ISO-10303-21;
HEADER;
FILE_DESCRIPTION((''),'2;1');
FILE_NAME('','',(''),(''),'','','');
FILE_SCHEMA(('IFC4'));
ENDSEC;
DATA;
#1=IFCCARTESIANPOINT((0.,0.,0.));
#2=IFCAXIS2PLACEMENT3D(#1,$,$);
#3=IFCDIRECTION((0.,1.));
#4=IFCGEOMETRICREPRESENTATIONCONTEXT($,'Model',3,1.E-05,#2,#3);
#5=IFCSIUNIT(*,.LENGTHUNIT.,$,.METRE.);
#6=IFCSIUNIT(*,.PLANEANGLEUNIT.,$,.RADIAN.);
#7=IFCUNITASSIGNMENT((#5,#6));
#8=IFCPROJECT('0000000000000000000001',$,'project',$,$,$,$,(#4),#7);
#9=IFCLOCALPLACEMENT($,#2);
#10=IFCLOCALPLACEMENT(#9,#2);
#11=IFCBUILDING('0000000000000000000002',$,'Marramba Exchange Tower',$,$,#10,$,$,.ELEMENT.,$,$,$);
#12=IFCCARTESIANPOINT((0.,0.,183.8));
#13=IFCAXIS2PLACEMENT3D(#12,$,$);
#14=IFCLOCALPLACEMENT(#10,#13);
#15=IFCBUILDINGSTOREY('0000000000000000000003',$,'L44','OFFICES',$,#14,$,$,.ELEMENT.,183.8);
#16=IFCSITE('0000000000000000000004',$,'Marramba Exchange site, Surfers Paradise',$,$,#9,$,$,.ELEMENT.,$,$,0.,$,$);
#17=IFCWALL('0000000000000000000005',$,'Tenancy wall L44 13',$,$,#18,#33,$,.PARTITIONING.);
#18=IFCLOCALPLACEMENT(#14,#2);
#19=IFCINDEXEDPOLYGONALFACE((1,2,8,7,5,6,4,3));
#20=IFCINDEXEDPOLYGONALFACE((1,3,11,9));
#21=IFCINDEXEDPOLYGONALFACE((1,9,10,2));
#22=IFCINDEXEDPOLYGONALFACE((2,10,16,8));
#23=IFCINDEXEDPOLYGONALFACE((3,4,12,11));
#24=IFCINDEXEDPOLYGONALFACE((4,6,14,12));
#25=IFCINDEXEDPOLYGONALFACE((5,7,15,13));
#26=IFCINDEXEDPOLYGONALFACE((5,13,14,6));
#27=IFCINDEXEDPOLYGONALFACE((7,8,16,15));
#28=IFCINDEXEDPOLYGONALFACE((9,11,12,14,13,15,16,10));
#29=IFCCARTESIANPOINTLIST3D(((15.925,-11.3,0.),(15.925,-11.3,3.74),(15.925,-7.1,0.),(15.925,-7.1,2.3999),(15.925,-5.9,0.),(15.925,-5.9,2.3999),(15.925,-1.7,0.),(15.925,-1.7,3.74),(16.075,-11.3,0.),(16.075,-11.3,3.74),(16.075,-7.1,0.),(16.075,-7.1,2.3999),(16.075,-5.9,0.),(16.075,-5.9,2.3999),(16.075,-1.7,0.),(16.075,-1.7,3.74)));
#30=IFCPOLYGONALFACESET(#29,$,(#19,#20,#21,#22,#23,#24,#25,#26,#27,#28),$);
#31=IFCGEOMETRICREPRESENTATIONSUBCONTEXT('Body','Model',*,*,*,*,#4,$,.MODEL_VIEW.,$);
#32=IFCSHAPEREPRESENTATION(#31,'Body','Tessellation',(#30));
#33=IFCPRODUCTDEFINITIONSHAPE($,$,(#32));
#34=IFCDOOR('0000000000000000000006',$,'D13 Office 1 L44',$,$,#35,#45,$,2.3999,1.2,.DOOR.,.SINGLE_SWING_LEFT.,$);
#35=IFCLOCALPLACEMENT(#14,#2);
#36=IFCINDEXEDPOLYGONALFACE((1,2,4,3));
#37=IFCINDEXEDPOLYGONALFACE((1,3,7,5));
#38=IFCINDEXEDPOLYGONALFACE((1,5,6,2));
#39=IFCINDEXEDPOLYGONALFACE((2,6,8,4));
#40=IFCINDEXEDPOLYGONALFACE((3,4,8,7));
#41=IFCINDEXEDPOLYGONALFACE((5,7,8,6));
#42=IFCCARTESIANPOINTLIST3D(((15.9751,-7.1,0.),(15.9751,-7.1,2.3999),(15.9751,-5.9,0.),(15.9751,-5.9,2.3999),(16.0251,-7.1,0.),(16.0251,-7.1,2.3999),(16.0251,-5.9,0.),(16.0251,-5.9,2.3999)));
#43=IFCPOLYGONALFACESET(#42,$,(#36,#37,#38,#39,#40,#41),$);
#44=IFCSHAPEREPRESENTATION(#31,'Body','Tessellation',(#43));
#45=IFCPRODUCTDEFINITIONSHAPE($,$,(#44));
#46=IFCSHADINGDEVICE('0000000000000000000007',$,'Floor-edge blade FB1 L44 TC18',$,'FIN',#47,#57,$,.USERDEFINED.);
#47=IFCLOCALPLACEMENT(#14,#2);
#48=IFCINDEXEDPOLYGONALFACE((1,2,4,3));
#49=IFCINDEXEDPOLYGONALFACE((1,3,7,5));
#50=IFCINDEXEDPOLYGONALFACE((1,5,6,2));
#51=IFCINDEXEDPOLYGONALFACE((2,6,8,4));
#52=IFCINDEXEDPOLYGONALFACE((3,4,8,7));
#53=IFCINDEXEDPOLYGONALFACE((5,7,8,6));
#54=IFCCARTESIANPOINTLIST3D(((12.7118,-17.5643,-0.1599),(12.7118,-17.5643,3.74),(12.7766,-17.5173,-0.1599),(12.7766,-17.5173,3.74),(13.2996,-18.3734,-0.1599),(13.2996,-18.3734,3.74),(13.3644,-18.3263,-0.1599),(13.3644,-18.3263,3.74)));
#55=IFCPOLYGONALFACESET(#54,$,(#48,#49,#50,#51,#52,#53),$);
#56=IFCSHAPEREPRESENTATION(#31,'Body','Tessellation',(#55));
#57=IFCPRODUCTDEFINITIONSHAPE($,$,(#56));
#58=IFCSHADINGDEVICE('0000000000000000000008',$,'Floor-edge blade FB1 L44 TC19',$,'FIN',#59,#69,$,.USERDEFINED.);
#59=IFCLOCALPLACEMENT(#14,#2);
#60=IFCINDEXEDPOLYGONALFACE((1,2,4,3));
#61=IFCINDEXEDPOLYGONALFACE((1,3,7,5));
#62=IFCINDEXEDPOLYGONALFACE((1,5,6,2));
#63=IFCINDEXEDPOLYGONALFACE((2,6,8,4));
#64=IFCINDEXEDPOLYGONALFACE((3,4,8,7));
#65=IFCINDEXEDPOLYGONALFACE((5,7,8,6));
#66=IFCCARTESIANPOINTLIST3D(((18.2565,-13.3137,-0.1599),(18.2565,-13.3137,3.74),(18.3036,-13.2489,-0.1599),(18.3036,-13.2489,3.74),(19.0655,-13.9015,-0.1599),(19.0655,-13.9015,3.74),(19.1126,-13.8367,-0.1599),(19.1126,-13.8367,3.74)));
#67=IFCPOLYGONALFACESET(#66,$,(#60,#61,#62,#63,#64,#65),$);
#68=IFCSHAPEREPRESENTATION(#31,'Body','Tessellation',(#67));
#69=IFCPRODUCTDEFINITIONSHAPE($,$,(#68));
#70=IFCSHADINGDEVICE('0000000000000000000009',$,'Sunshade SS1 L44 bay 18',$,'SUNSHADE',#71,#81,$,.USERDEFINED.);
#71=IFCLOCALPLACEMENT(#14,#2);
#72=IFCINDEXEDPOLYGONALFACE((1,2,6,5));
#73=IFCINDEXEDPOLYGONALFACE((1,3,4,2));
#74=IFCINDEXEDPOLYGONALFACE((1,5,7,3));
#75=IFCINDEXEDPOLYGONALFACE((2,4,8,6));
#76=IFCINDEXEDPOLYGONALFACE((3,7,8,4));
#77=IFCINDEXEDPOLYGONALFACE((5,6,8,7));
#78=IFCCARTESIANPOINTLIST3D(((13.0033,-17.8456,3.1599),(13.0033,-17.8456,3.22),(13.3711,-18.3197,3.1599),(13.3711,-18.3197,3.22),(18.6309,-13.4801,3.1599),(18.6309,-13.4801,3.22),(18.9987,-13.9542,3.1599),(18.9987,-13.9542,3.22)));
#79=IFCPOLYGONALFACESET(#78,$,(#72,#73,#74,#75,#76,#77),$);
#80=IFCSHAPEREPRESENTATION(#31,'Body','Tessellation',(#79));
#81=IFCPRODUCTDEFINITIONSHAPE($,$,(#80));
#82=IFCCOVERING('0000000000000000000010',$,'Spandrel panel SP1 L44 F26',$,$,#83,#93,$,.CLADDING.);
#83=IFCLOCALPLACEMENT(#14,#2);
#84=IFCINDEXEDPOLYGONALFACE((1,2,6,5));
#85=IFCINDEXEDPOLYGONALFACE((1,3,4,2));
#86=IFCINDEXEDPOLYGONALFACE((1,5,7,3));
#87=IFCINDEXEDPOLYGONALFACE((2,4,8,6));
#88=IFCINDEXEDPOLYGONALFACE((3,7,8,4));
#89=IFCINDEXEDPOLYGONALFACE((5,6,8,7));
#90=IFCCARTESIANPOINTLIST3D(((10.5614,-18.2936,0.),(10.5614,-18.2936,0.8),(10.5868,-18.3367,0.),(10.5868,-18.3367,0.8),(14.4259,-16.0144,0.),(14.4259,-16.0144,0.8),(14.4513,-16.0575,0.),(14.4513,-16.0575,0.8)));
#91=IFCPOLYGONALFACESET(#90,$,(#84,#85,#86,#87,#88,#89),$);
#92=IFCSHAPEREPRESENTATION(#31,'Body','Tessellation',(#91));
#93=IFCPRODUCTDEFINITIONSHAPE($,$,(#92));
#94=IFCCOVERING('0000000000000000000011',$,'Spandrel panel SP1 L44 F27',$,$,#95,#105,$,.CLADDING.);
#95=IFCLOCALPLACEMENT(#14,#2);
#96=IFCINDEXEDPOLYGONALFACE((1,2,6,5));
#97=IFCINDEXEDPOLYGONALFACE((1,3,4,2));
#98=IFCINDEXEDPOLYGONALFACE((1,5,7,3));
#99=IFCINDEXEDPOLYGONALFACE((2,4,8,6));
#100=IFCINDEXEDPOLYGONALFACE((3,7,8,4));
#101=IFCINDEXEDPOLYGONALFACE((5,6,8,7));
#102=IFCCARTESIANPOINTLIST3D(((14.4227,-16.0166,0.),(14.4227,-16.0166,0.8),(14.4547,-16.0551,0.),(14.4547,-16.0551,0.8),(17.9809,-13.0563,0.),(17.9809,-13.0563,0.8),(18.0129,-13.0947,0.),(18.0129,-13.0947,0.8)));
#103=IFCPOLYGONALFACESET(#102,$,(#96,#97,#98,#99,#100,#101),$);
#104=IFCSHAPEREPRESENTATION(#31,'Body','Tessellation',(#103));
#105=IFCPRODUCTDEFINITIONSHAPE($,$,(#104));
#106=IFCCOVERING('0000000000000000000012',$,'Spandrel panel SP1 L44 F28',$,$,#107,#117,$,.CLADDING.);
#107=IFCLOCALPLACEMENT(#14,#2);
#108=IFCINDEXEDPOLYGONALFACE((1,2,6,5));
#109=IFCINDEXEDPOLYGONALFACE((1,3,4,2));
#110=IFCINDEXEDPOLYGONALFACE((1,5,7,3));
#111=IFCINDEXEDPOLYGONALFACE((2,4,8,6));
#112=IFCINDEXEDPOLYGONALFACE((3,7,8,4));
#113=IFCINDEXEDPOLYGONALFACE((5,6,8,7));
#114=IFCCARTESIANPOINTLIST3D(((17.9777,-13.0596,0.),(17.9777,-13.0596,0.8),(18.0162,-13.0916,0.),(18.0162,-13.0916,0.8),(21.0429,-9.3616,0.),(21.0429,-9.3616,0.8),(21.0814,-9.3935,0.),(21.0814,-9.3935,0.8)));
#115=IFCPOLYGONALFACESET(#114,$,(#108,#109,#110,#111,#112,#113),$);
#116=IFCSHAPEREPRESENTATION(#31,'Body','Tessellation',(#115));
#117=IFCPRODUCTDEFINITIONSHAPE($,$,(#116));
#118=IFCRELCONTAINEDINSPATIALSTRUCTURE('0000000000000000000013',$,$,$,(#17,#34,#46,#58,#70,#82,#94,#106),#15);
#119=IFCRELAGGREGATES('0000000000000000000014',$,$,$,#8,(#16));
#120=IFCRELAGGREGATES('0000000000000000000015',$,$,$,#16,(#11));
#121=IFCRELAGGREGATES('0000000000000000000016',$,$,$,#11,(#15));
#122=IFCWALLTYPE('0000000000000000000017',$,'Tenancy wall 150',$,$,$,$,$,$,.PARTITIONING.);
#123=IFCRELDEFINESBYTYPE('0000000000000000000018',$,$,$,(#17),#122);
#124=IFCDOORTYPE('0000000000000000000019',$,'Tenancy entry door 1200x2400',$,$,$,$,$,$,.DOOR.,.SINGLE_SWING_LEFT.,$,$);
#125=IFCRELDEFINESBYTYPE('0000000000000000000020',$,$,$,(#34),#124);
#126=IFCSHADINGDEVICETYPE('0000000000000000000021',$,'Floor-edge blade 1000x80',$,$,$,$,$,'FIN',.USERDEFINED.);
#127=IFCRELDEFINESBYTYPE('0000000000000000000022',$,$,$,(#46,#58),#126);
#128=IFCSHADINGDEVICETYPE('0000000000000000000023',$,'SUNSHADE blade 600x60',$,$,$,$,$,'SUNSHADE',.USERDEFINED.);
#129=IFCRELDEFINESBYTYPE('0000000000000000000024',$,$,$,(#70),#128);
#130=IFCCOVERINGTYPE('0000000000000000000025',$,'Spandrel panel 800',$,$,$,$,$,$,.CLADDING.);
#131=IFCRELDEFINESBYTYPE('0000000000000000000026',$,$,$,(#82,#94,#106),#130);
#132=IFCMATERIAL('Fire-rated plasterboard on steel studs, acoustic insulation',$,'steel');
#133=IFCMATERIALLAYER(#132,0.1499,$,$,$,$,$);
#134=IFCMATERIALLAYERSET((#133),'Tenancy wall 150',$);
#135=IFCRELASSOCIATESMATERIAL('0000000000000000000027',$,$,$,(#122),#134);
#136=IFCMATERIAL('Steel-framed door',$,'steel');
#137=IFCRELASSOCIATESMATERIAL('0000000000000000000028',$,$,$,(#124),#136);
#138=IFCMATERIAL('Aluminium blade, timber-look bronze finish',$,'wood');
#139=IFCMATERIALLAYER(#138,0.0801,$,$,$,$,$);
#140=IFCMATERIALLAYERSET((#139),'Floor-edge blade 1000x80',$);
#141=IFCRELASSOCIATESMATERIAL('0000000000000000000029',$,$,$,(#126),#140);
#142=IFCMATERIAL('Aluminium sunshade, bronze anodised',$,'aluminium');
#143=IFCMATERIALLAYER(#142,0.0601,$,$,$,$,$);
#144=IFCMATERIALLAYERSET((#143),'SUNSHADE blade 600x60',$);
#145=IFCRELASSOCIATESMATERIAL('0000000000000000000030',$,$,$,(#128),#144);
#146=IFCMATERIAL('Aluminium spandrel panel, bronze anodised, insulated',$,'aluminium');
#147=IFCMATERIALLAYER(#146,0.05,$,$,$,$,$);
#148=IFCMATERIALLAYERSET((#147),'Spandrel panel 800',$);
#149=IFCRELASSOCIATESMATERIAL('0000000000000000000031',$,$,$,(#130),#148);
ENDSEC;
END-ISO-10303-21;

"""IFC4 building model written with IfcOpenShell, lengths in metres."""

from ifc_helpers import new_model, si_unit, direction, frame, frame_2d, origin, origin_2d, place, context, subcontext, project, spatial, rectangle, extrude, material, layer, layer_set, type_object, element, fill, save


model = new_model("IFC4")

# Units and contexts
model_context = context("Model", 3, precision=1e-05, world=origin(), true_north=direction((0.0, 1.0)))
body_context = subcontext(model_context, "Body", "Model", "MODEL_VIEW")
ifc_project = project(units=[si_unit("LENGTHUNIT", "METRE"), si_unit("PLANEANGLEUNIT", "RADIAN")], contexts=[model_context])

# Site, building, storey
site_placement = place(None, origin())
site = spatial("IfcSite", under=ifc_project, at=site_placement, Name="Marramba Exchange site, Surfers Paradise", CompositionType="ELEMENT", RefElevation=0.0)
building_placement = place(site_placement, origin())
building = spatial("IfcBuilding", under=site, at=building_placement, Name="Marramba Exchange Tower", CompositionType="ELEMENT")
storey_placement = place(building_placement, frame((0.0, 0.0, 183.8)))
storey = spatial("IfcBuildingStorey", under=building, at=storey_placement, Name="L44", Description="OFFICES", CompositionType="ELEMENT", Elevation=183.8)

# Wall, opening, door
ifc_material_1 = material(Name="Fire-rated plasterboard on steel studs, acoustic insulation", Category="steel")
ifc_layer_1 = layer(ifc_material_1, 0.1499)
ifc_layer_set_1 = layer_set([ifc_layer_1], Name="Tenancy wall 150")
wall_type_1 = type_object("IfcWallType", Name="Tenancy wall 150", PredefinedType="PARTITIONING", material=ifc_layer_set_1)
wall_1_placement = place(storey_placement, frame((16.0, -11.3, 0.0), z_axis=(0.0, 0.0, 1.0), x_axis=(0.0, 1.0, 0.0)))
wall_1 = element("IfcWall", 1, at=wall_1_placement, inside=storey, type_object=wall_type_1, Name="Tenancy wall L44 13", PredefinedType="PARTITIONING", context=body_context, shape_type="SweptSolid", body=[
    extrude(rectangle(XDim=9.6001, YDim=0.1499, at=frame_2d((4.8, 0.0))), origin(), (0.0, 0.0, 1.0), 3.74),
])
opening_1_placement = place(wall_1_placement, frame((4.2, 0.0, 0.0)))
opening_1 = element("IfcOpeningElement", 2, at=opening_1_placement, cuts=wall_1, PredefinedType="OPENING", context=body_context, shape_type="SweptSolid", body=[
    extrude(rectangle(XDim=1.2, YDim=2.3999, at=frame_2d((0.6001, 1.2))), frame((0.0, 0.085, 0.0), z_axis=(0.0, -1.0, 0.0), x_axis=(1.0, 0.0, 0.0)), (0.0, 0.0, 1.0), 0.1699),
])
ifc_material_2 = material(Name="Steel-framed door", Category="steel")
door_type_1 = type_object("IfcDoorType", Name="Tenancy entry door 1200x2400", OperationType="SINGLE_SWING_LEFT", PredefinedType="DOOR", material=ifc_material_2)
door_1_placement = place(opening_1_placement, origin())
door_1 = element("IfcDoor", 3, at=door_1_placement, inside=storey, type_object=door_type_1, Name="D13 Office 1 L44", OperationType="SINGLE_SWING_LEFT", OverallHeight=2.3999, OverallWidth=1.2, PredefinedType="DOOR", context=body_context, shape_type="SweptSolid", body=[
    extrude(rectangle(XDim=1.2, YDim=2.3999, at=frame_2d((0.6001, 1.2))), frame((0.0, 0.0249, 0.0), z_axis=(0.0, -1.0, 0.0), x_axis=(1.0, 0.0, 0.0)), (0.0, 0.0, 1.0), 0.05),
])
fill(opening_1, door_1)

# Shading devices
ifc_material_3 = material(Name="Aluminium blade, timber-look bronze finish", Category="wood")
ifc_layer_2 = layer(ifc_material_3, 0.0801)
ifc_layer_set_2 = layer_set([ifc_layer_2], Name="Floor-edge blade 1000x80")
shading_device_type_1 = type_object("IfcShadingDeviceType", Name="Floor-edge blade 1000x80", ElementType="FIN", PredefinedType="USERDEFINED", material=ifc_layer_set_2)
for number, where, z_axis, x_axis, name in (
    (4, (13.0381, -17.9453, -0.1599), (0.0, 0.0, 1.0), (0.587785, -0.809017, 0.0), "Floor-edge blade FB1 L44 TC18"),
    (5, (18.6846, -13.5752, -0.1599), (0.0, 0.0, 1.0), (0.809017, -0.587785, 0.0), "Floor-edge blade FB1 L44 TC19"),
):
    element("IfcShadingDevice", number, at=place(storey_placement, frame(where, z_axis=z_axis, x_axis=x_axis)), inside=storey, type_object=shading_device_type_1, Name=name, ObjectType="FIN", PredefinedType="USERDEFINED", context=body_context, shape_type="SweptSolid", body=[
        extrude(rectangle(XDim=1.0, YDim=0.0801, at=origin_2d()), origin(), (0.0, 0.0, 1.0), 3.8999),
    ])
ifc_material_4 = material(Name="Aluminium sunshade, bronze anodised", Category="aluminium")
ifc_layer_3 = layer(ifc_material_4, 0.0601)
ifc_layer_set_3 = layer_set([ifc_layer_3], Name="SUNSHADE blade 600x60")
shading_device_type_2 = type_object("IfcShadingDeviceType", Name="SUNSHADE blade 600x60", ElementType="SUNSHADE", PredefinedType="USERDEFINED", material=ifc_layer_set_3)
shading_device_placement = place(storey_placement, frame((16.001, -15.8999, 3.1599), z_axis=(0.0, 0.0, 1.0), x_axis=(0.790133, 0.612935, 0.0)))
element("IfcShadingDevice", 6, at=shading_device_placement, inside=storey, type_object=shading_device_type_2, Name="Sunshade SS1 L44 bay 18", ObjectType="SUNSHADE", PredefinedType="USERDEFINED", context=body_context, shape_type="SweptSolid", body=[
    extrude(rectangle(XDim=7.1223, YDim=0.6001, at=origin_2d()), origin(), (0.0, 0.0, 1.0), 0.0601),
])

# Coverings
ifc_material_5 = material(Name="Aluminium spandrel panel, bronze anodised, insulated", Category="aluminium")
ifc_layer_4 = layer(ifc_material_5, 0.05)
ifc_layer_set_4 = layer_set([ifc_layer_4], Name="Spandrel panel 800")
covering_type = type_object("IfcCoveringType", Name="Spandrel panel 800", PredefinedType="CLADDING", material=ifc_layer_set_4)
covering_1_placement = place(storey_placement, frame((12.5063, -17.1755, 0.0), z_axis=(0.0, 0.0, 1.0), x_axis=(0.861351, 0.508011, 0.0)))
element("IfcCovering", 7, at=covering_1_placement, inside=storey, type_object=covering_type, Name="Spandrel panel SP1 L44 F26", PredefinedType="CLADDING", context=body_context, shape_type="SweptSolid", body=[
    extrude(rectangle(XDim=4.4866, YDim=0.05, at=origin_2d()), origin(), (0.0, 0.0, 1.0), 0.8),
])
covering_2_placement = place(storey_placement, frame((16.2178, -14.5557, 0.0), z_axis=(0.0, 0.0, 1.0), x_axis=(0.768737, 0.639565, 0.0)))
element("IfcCovering", 8, at=covering_2_placement, inside=storey, type_object=covering_type, Name="Spandrel panel SP1 L44 F27", PredefinedType="CLADDING", context=body_context, shape_type="SweptSolid", body=[
    extrude(rectangle(XDim=4.6287, YDim=0.05, at=origin_2d()), origin(), (0.0, 0.0, 1.0), 0.8),
])
covering_3_placement = place(storey_placement, frame((19.5295, -11.2266, 0.0), z_axis=(0.0, 0.0, 1.0), x_axis=(0.63815, 0.769912, 0.0)))
element("IfcCovering", 9, at=covering_3_placement, inside=storey, type_object=covering_type, Name="Spandrel panel SP1 L44 F28", PredefinedType="CLADDING", context=body_context, shape_type="SweptSolid", body=[
    extrude(rectangle(XDim=4.8032, YDim=0.05, at=origin_2d()), origin(), (0.0, 0.0, 1.0), 0.8),
])

save(model, "model.ifc")
